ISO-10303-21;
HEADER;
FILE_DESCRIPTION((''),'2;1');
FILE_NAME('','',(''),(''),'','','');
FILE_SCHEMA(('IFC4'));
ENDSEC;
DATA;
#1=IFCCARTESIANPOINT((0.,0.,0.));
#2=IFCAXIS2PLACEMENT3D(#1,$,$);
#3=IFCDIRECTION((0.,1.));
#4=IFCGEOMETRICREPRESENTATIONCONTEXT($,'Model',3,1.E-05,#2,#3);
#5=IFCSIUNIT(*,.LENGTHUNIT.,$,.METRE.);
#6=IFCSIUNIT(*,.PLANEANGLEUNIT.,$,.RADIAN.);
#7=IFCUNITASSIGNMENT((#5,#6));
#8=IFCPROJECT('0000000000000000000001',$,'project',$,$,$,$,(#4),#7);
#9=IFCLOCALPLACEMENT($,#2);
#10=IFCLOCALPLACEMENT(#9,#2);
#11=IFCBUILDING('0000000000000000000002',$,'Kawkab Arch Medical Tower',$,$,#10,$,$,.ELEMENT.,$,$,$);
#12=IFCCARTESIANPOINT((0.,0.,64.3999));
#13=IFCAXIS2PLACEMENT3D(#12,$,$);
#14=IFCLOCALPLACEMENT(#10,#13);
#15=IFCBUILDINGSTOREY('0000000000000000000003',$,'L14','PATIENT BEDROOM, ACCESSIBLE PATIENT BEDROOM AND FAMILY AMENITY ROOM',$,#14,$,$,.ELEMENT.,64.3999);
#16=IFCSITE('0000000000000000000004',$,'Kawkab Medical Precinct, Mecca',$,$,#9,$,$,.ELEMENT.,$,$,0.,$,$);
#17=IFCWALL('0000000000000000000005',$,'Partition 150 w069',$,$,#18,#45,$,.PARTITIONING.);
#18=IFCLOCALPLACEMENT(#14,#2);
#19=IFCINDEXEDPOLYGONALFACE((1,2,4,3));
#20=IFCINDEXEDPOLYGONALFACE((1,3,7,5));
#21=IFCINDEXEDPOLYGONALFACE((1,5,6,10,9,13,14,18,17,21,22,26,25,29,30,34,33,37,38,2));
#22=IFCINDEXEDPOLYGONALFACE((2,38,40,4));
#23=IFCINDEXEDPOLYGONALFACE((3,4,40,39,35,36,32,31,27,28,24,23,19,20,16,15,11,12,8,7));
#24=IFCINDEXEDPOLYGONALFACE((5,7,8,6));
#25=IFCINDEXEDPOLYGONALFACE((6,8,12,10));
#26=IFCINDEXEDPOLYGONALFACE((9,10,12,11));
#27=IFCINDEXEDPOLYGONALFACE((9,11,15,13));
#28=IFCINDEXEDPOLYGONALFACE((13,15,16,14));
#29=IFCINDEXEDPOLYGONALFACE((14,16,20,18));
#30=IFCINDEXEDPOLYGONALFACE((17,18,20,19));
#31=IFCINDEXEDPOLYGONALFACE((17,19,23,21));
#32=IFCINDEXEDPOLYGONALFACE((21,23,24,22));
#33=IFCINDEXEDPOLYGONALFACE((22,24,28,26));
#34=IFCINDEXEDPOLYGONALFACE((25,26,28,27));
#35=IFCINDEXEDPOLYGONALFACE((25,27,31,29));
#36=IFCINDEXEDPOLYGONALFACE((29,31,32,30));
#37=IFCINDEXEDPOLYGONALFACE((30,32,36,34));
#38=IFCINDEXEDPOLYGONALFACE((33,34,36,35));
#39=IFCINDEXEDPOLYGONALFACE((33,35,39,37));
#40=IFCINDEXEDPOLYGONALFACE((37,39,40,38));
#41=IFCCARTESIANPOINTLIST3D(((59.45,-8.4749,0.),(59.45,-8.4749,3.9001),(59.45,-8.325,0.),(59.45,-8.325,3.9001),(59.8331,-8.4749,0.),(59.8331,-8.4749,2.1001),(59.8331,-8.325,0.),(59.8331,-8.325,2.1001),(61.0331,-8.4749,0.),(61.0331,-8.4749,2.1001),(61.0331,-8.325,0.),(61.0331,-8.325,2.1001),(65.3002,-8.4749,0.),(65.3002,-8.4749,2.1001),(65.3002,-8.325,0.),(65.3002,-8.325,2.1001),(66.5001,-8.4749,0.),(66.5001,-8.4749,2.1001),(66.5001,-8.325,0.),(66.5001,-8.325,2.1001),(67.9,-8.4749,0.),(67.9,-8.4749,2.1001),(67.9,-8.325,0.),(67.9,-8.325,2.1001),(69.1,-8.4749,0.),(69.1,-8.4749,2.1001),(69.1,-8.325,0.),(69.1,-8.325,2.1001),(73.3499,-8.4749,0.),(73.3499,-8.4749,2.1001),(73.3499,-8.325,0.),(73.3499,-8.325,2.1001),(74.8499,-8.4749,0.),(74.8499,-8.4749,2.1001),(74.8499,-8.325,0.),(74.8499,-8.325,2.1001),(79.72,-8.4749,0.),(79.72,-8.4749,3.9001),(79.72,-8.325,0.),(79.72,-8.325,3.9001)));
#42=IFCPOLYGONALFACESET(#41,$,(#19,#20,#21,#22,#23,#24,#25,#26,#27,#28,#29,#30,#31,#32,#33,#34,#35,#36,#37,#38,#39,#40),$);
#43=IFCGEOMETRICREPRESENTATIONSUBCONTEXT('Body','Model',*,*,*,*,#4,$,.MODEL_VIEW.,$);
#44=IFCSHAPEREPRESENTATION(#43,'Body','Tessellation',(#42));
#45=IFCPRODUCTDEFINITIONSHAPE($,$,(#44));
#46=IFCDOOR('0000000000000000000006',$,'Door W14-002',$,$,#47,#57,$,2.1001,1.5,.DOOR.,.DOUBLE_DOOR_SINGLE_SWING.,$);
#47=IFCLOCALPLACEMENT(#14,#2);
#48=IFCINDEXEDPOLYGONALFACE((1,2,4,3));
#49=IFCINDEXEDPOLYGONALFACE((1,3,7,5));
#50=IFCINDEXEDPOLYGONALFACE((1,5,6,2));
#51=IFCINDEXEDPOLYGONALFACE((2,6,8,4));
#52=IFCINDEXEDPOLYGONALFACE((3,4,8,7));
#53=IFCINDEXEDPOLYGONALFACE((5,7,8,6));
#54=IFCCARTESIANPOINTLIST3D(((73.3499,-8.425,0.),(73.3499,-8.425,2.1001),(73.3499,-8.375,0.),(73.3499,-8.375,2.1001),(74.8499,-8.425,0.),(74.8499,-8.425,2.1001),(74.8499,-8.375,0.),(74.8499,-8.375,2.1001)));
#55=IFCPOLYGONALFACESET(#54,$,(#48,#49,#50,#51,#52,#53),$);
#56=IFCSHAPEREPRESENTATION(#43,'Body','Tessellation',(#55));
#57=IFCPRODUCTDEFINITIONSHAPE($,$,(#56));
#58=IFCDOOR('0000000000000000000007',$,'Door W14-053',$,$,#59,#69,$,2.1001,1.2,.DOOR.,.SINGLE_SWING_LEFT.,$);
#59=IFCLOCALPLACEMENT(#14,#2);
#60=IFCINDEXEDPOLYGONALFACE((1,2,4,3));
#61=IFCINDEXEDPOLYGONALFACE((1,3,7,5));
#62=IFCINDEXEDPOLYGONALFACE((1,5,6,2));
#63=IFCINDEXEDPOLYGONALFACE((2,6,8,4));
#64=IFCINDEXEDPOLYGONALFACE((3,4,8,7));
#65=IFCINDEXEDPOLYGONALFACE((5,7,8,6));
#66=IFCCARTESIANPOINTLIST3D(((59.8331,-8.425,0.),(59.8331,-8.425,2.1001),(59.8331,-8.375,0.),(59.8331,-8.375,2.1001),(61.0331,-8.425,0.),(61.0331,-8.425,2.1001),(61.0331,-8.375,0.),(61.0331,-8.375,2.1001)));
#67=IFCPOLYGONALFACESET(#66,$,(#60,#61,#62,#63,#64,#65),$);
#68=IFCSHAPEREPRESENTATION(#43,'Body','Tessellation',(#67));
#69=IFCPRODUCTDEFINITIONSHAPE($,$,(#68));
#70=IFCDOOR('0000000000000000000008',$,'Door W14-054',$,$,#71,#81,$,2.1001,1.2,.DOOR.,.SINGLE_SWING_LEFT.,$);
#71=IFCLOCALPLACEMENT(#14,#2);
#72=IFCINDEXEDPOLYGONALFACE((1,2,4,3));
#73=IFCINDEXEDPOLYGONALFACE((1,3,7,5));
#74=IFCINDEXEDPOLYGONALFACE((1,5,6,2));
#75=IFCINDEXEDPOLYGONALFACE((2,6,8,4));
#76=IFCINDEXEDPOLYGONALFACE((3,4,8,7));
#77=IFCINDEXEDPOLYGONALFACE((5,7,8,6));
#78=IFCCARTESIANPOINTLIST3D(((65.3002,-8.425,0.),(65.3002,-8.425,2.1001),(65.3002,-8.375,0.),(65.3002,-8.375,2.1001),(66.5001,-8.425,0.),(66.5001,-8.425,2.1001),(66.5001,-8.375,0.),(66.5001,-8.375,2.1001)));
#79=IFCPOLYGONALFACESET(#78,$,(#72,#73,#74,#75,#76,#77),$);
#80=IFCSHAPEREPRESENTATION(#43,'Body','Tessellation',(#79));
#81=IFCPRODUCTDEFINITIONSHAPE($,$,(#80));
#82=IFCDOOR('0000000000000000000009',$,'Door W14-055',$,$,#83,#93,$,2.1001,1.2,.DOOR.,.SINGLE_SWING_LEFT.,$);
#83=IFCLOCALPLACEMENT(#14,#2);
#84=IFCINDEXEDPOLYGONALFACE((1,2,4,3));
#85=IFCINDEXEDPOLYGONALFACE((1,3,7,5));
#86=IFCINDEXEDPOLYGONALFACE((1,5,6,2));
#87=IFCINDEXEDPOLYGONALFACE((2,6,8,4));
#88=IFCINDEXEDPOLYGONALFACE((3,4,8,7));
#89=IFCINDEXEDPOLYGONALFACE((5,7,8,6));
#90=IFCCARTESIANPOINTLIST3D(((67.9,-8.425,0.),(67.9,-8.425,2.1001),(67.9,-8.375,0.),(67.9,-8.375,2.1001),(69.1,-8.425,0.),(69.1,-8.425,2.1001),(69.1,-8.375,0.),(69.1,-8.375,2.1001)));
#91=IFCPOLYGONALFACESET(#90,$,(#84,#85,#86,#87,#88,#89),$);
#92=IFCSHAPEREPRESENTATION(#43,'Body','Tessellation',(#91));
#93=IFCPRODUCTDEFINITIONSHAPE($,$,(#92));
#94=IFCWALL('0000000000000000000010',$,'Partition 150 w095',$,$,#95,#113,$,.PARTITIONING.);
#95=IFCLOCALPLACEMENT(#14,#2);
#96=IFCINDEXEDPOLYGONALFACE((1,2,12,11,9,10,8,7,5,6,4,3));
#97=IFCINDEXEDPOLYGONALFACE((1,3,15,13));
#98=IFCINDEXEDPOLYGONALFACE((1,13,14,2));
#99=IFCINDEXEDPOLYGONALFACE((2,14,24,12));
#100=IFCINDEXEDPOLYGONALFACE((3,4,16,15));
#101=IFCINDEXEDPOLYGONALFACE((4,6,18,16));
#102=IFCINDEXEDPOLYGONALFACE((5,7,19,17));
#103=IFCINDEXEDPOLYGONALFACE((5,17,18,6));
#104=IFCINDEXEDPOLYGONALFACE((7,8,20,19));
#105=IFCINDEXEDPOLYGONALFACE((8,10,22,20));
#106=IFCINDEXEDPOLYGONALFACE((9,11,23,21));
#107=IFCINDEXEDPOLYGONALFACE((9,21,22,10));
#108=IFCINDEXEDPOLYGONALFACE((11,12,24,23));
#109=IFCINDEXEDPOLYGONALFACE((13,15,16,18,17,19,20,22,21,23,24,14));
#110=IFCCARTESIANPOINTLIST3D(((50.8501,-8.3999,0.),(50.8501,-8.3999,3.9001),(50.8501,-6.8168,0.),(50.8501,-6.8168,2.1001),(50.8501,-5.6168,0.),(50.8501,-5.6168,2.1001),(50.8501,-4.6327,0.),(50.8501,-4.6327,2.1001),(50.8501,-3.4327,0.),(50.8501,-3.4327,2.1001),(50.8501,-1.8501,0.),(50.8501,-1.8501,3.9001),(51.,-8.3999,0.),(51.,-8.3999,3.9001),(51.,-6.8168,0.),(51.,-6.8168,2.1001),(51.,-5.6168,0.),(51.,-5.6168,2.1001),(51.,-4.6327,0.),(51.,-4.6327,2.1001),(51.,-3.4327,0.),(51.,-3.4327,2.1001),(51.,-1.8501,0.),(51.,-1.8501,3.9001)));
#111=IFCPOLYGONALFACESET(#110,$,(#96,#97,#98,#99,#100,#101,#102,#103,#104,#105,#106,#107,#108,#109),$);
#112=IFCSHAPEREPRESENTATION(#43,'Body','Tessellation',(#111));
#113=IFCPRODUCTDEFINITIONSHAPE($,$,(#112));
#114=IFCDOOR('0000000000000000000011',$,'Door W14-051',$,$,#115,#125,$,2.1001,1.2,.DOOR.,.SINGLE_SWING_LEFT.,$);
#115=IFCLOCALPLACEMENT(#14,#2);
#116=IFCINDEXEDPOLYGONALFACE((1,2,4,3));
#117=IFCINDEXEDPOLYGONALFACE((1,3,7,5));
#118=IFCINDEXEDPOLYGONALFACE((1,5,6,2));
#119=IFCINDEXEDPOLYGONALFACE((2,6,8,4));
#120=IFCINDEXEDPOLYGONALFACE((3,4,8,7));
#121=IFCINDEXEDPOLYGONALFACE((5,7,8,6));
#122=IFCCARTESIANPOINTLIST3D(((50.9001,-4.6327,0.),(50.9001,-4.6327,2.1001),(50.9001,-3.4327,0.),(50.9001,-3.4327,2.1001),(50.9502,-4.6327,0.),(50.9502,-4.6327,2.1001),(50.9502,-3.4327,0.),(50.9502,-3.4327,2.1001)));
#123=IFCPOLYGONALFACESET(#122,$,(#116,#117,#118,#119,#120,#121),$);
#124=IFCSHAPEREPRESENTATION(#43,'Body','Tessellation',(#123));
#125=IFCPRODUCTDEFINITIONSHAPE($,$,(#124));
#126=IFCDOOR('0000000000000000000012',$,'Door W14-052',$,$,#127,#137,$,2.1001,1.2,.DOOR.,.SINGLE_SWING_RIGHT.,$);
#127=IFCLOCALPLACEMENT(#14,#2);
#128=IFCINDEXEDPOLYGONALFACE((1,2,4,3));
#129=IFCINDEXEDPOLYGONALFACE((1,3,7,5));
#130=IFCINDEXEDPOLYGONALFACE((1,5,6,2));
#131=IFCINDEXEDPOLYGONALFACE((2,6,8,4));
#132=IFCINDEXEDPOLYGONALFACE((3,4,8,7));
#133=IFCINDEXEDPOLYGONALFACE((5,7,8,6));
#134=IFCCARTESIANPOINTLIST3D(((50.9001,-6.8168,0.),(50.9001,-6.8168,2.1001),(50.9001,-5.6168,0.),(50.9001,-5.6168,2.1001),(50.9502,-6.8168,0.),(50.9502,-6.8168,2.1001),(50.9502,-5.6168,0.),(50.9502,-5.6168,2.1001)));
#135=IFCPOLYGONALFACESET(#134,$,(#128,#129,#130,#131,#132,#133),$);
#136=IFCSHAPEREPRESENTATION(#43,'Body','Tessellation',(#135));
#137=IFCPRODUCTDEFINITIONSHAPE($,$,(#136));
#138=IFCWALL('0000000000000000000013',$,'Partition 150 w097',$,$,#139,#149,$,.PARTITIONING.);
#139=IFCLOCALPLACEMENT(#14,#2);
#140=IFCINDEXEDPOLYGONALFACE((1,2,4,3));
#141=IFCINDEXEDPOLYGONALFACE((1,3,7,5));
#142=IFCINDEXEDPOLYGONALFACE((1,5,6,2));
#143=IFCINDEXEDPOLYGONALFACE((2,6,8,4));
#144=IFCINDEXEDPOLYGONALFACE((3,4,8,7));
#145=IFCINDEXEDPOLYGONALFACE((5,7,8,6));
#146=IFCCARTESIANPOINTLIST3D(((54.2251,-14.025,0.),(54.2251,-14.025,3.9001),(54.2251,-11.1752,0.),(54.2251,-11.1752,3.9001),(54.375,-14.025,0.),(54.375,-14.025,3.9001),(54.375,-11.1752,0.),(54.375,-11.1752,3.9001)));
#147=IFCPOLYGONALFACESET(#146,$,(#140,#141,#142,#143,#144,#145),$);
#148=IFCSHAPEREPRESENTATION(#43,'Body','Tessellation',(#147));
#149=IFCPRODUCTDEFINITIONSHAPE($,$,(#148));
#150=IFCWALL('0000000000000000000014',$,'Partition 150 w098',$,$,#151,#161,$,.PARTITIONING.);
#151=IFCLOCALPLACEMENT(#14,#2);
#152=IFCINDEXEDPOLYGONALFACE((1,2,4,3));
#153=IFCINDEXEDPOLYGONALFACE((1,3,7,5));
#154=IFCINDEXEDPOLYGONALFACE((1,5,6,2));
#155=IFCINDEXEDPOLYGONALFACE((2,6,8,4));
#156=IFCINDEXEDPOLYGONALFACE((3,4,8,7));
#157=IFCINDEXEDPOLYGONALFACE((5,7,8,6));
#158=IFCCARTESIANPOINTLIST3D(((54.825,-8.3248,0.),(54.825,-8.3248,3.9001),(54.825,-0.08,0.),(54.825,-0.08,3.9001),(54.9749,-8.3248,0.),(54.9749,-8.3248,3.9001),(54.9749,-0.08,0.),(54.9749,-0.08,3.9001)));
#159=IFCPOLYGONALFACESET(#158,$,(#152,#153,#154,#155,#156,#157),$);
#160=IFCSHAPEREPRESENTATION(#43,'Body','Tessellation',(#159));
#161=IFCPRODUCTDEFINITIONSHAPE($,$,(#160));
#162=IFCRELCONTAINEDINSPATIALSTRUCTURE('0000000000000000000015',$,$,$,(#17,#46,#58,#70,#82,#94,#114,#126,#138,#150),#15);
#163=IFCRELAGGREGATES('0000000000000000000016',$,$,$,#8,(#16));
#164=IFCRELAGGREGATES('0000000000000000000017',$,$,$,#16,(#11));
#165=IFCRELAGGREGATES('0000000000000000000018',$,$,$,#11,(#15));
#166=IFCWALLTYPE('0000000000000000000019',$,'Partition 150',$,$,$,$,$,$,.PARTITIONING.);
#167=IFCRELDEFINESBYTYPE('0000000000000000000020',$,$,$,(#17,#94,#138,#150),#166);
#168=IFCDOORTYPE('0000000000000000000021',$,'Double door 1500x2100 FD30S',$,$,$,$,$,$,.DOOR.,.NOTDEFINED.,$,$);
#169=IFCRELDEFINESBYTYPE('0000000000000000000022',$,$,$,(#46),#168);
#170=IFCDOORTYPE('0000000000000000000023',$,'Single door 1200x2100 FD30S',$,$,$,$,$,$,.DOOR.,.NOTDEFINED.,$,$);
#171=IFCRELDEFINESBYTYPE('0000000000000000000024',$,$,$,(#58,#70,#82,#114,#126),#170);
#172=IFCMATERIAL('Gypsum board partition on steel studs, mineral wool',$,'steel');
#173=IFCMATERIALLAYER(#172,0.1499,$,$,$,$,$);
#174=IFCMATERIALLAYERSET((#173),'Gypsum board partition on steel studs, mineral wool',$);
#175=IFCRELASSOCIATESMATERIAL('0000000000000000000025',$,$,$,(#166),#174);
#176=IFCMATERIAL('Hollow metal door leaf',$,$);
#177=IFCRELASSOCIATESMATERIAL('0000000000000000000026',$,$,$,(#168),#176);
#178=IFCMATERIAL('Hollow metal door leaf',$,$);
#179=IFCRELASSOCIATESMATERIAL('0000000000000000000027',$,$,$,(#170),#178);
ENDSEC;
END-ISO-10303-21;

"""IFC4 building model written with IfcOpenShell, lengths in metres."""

from ifc_helpers import new_model, si_unit, direction, frame, frame_2d, origin, place, context, subcontext, project, spatial, rectangle, extrude, material, layer, layer_set, type_object, element, fill, save


model = new_model("IFC4")

# Units and contexts
model_context = context("Model", 3, precision=1e-05, world=origin(), true_north=direction((0.0, 1.0)))
body_context = subcontext(model_context, "Body", "Model", "MODEL_VIEW")
ifc_project = project(units=[si_unit("LENGTHUNIT", "METRE"), si_unit("PLANEANGLEUNIT", "RADIAN")], contexts=[model_context])

# Site, building, storey
site_placement = place(None, origin())
site = spatial("IfcSite", under=ifc_project, at=site_placement, Name="Kawkab Medical Precinct, Mecca", CompositionType="ELEMENT", RefElevation=0.0)
building_placement = place(site_placement, origin())
building = spatial("IfcBuilding", under=site, at=building_placement, Name="Kawkab Arch Medical Tower", CompositionType="ELEMENT")
storey_placement = place(building_placement, frame((0.0, 0.0, 64.3999)))
storey = spatial("IfcBuildingStorey", under=building, at=storey_placement, Name="L14", Description="PATIENT BEDROOM, ACCESSIBLE PATIENT BEDROOM AND FAMILY AMENITY ROOM", CompositionType="ELEMENT", Elevation=64.3999)

# Shared definitions
ifc_material_1 = material(Name="Gypsum board partition on steel studs, mineral wool", Category="steel")
ifc_layer_1 = layer(ifc_material_1, 0.1499)
ifc_layer_set_1 = layer_set([ifc_layer_1], Name="Gypsum board partition on steel studs, mineral wool")
wall_type_1 = type_object("IfcWallType", Name="Partition 150", PredefinedType="PARTITIONING", material=ifc_layer_set_1)

# Walls, openings, doors
wall_1_placement = place(storey_placement, frame((59.45, -8.3999, 0.0), z_axis=(0.0, 0.0, 1.0), x_axis=(1.0, 0.0, 0.0)))
wall_1 = element("IfcWall", 1, at=wall_1_placement, inside=storey, type_object=wall_type_1, Name="Partition 150 w069", PredefinedType="PARTITIONING", context=body_context, shape_type="SweptSolid", body=[
    extrude(rectangle(XDim=20.27, YDim=0.1499, at=frame_2d((10.135, 0.0))), origin(), (0.0, 0.0, 1.0), 3.9001),
])
opening_1_placement = place(wall_1_placement, frame((0.3831, 0.0, 0.0)))
opening_1 = element("IfcOpeningElement", 2, at=opening_1_placement, cuts=wall_1, PredefinedType="OPENING", context=body_context, shape_type="SweptSolid", body=[
    extrude(rectangle(XDim=1.2, YDim=2.1001, at=frame_2d((0.6001, 1.05))), frame((0.0, 0.085, 0.0), z_axis=(0.0, -1.0, 0.0), x_axis=(1.0, 0.0, 0.0)), (0.0, 0.0, 1.0), 0.1699),
])
opening_2_placement = place(wall_1_placement, frame((5.8501, 0.0, 0.0)))
opening_2 = element("IfcOpeningElement", 3, at=opening_2_placement, cuts=wall_1, PredefinedType="OPENING", context=body_context, shape_type="SweptSolid", body=[
    extrude(rectangle(XDim=1.2, YDim=2.1001, at=frame_2d((0.6001, 1.05))), frame((0.0, 0.085, 0.0), z_axis=(0.0, -1.0, 0.0), x_axis=(1.0, 0.0, 0.0)), (0.0, 0.0, 1.0), 0.1699),
])
opening_3_placement = place(wall_1_placement, frame((8.45, 0.0, 0.0)))
opening_3 = element("IfcOpeningElement", 4, at=opening_3_placement, cuts=wall_1, PredefinedType="OPENING", context=body_context, shape_type="SweptSolid", body=[
    extrude(rectangle(XDim=1.2, YDim=2.1001, at=frame_2d((0.6001, 1.05))), frame((0.0, 0.085, 0.0), z_axis=(0.0, -1.0, 0.0), x_axis=(1.0, 0.0, 0.0)), (0.0, 0.0, 1.0), 0.1699),
])
opening_4_placement = place(wall_1_placement, frame((13.8999, 0.0, 0.0)))
opening_4 = element("IfcOpeningElement", 5, at=opening_4_placement, cuts=wall_1, PredefinedType="OPENING", context=body_context, shape_type="SweptSolid", body=[
    extrude(rectangle(XDim=1.5, YDim=2.1001, at=frame_2d((0.75, 1.05))), frame((0.0, 0.085, 0.0), z_axis=(0.0, -1.0, 0.0), x_axis=(1.0, 0.0, 0.0)), (0.0, 0.0, 1.0), 0.1699),
])
ifc_material_2 = material(Name="Hollow metal door leaf")
door_type_1 = type_object("IfcDoorType", Name="Double door 1500x2100 FD30S", OperationType="NOTDEFINED", PredefinedType="DOOR", material=ifc_material_2)
door_1_placement = place(opening_4_placement, origin())
door_1 = element("IfcDoor", 6, at=door_1_placement, inside=storey, type_object=door_type_1, Name="Door W14-002", OperationType="DOUBLE_DOOR_SINGLE_SWING", OverallHeight=2.1001, OverallWidth=1.5, PredefinedType="DOOR", context=body_context, shape_type="SweptSolid", body=[
    extrude(rectangle(XDim=1.5, YDim=2.1001, at=frame_2d((0.75, 1.05))), frame((0.0, 0.0249, 0.0), z_axis=(0.0, -1.0, 0.0), x_axis=(1.0, 0.0, 0.0)), (0.0, 0.0, 1.0), 0.05),
])
fill(opening_4, door_1)
ifc_material_3 = material(Name="Hollow metal door leaf")
door_type_2 = type_object("IfcDoorType", Name="Single door 1200x2100 FD30S", OperationType="NOTDEFINED", PredefinedType="DOOR", material=ifc_material_3)
door_2_placement = place(opening_1_placement, origin())
door_2 = element("IfcDoor", 7, at=door_2_placement, inside=storey, type_object=door_type_2, Name="Door W14-053", OperationType="SINGLE_SWING_LEFT", OverallHeight=2.1001, OverallWidth=1.2, PredefinedType="DOOR", context=body_context, shape_type="SweptSolid", body=[
    extrude(rectangle(XDim=1.2, YDim=2.1001, at=frame_2d((0.6001, 1.05))), frame((0.0, 0.0249, 0.0), z_axis=(0.0, -1.0, 0.0), x_axis=(1.0, 0.0, 0.0)), (0.0, 0.0, 1.0), 0.05),
])
fill(opening_1, door_2)
door_3_placement = place(opening_2_placement, origin())
door_3 = element("IfcDoor", 8, at=door_3_placement, inside=storey, type_object=door_type_2, Name="Door W14-054", OperationType="SINGLE_SWING_LEFT", OverallHeight=2.1001, OverallWidth=1.2, PredefinedType="DOOR", context=body_context, shape_type="SweptSolid", body=[
    extrude(rectangle(XDim=1.2, YDim=2.1001, at=frame_2d((0.6001, 1.05))), frame((0.0, 0.0249, 0.0), z_axis=(0.0, -1.0, 0.0), x_axis=(1.0, 0.0, 0.0)), (0.0, 0.0, 1.0), 0.05),
])
fill(opening_2, door_3)
door_4_placement = place(opening_3_placement, origin())
door_4 = element("IfcDoor", 9, at=door_4_placement, inside=storey, type_object=door_type_2, Name="Door W14-055", OperationType="SINGLE_SWING_LEFT", OverallHeight=2.1001, OverallWidth=1.2, PredefinedType="DOOR", context=body_context, shape_type="SweptSolid", body=[
    extrude(rectangle(XDim=1.2, YDim=2.1001, at=frame_2d((0.6001, 1.05))), frame((0.0, 0.0249, 0.0), z_axis=(0.0, -1.0, 0.0), x_axis=(1.0, 0.0, 0.0)), (0.0, 0.0, 1.0), 0.05),
])
fill(opening_3, door_4)
wall_2_placement = place(storey_placement, frame((50.925, -8.3999, 0.0), z_axis=(0.0, 0.0, 1.0), x_axis=(0.0, 1.0, 0.0)))
wall_2 = element("IfcWall", 10, at=wall_2_placement, inside=storey, type_object=wall_type_1, Name="Partition 150 w095", PredefinedType="PARTITIONING", context=body_context, shape_type="SweptSolid", body=[
    extrude(rectangle(XDim=6.5498, YDim=0.1499, at=frame_2d((3.2749, 0.0))), origin(), (0.0, 0.0, 1.0), 3.9001),
])
opening_5_placement = place(wall_2_placement, frame((3.7671, 0.0, 0.0)))
opening_5 = element("IfcOpeningElement", 11, at=opening_5_placement, cuts=wall_2, PredefinedType="OPENING", context=body_context, shape_type="SweptSolid", body=[
    extrude(rectangle(XDim=1.2, YDim=2.1001, at=frame_2d((0.6001, 1.05))), frame((0.0, 0.085, 0.0), z_axis=(0.0, -1.0, 0.0), x_axis=(1.0, 0.0, 0.0)), (0.0, 0.0, 1.0), 0.1699),
])
opening_6_placement = place(wall_2_placement, frame((1.583, 0.0, 0.0)))
opening_6 = element("IfcOpeningElement", 12, at=opening_6_placement, cuts=wall_2, PredefinedType="OPENING", context=body_context, shape_type="SweptSolid", body=[
    extrude(rectangle(XDim=1.2, YDim=2.1001, at=frame_2d((0.6001, 1.05))), frame((0.0, 0.085, 0.0), z_axis=(0.0, -1.0, 0.0), x_axis=(1.0, 0.0, 0.0)), (0.0, 0.0, 1.0), 0.1699),
])
door_5_placement = place(opening_5_placement, origin())
door_5 = element("IfcDoor", 13, at=door_5_placement, inside=storey, type_object=door_type_2, Name="Door W14-051", OperationType="SINGLE_SWING_LEFT", OverallHeight=2.1001, OverallWidth=1.2, PredefinedType="DOOR", context=body_context, shape_type="SweptSolid", body=[
    extrude(rectangle(XDim=1.2, YDim=2.1001, at=frame_2d((0.6001, 1.05))), frame((0.0, 0.0249, 0.0), z_axis=(0.0, -1.0, 0.0), x_axis=(1.0, 0.0, 0.0)), (0.0, 0.0, 1.0), 0.05),
])
fill(opening_5, door_5)
door_6_placement = place(opening_6_placement, origin())
door_6 = element("IfcDoor", 14, at=door_6_placement, inside=storey, type_object=door_type_2, Name="Door W14-052", OperationType="SINGLE_SWING_RIGHT", OverallHeight=2.1001, OverallWidth=1.2, PredefinedType="DOOR", context=body_context, shape_type="SweptSolid", body=[
    extrude(rectangle(XDim=1.2, YDim=2.1001, at=frame_2d((0.6001, 1.05))), frame((0.0, 0.0249, 0.0), z_axis=(0.0, -1.0, 0.0), x_axis=(1.0, 0.0, 0.0)), (0.0, 0.0, 1.0), 0.05),
])
fill(opening_6, door_6)

# Walls
wall_3_placement = place(storey_placement, frame((54.3, -14.0249, 0.0), z_axis=(0.0, 0.0, 1.0), x_axis=(0.0, 1.0, 0.0)))
element("IfcWall", 15, at=wall_3_placement, inside=storey, type_object=wall_type_1, Name="Partition 150 w097", PredefinedType="PARTITIONING", context=body_context, shape_type="SweptSolid", body=[
    extrude(rectangle(XDim=2.8499, YDim=0.1499, at=frame_2d((1.4248, 0.0))), origin(), (0.0, 0.0, 1.0), 3.9001),
])
wall_4_placement = place(storey_placement, frame((54.8999, -8.325, 0.0), z_axis=(0.0, 0.0, 1.0), x_axis=(0.0, 1.0, 0.0)))
element("IfcWall", 16, at=wall_4_placement, inside=storey, type_object=wall_type_1, Name="Partition 150 w098", PredefinedType="PARTITIONING", context=body_context, shape_type="SweptSolid", body=[
    extrude(rectangle(XDim=8.2449, YDim=0.1499, at=frame_2d((4.1226, 0.0))), origin(), (0.0, 0.0, 1.0), 3.9001),
])

save(model, "model.ifc")
